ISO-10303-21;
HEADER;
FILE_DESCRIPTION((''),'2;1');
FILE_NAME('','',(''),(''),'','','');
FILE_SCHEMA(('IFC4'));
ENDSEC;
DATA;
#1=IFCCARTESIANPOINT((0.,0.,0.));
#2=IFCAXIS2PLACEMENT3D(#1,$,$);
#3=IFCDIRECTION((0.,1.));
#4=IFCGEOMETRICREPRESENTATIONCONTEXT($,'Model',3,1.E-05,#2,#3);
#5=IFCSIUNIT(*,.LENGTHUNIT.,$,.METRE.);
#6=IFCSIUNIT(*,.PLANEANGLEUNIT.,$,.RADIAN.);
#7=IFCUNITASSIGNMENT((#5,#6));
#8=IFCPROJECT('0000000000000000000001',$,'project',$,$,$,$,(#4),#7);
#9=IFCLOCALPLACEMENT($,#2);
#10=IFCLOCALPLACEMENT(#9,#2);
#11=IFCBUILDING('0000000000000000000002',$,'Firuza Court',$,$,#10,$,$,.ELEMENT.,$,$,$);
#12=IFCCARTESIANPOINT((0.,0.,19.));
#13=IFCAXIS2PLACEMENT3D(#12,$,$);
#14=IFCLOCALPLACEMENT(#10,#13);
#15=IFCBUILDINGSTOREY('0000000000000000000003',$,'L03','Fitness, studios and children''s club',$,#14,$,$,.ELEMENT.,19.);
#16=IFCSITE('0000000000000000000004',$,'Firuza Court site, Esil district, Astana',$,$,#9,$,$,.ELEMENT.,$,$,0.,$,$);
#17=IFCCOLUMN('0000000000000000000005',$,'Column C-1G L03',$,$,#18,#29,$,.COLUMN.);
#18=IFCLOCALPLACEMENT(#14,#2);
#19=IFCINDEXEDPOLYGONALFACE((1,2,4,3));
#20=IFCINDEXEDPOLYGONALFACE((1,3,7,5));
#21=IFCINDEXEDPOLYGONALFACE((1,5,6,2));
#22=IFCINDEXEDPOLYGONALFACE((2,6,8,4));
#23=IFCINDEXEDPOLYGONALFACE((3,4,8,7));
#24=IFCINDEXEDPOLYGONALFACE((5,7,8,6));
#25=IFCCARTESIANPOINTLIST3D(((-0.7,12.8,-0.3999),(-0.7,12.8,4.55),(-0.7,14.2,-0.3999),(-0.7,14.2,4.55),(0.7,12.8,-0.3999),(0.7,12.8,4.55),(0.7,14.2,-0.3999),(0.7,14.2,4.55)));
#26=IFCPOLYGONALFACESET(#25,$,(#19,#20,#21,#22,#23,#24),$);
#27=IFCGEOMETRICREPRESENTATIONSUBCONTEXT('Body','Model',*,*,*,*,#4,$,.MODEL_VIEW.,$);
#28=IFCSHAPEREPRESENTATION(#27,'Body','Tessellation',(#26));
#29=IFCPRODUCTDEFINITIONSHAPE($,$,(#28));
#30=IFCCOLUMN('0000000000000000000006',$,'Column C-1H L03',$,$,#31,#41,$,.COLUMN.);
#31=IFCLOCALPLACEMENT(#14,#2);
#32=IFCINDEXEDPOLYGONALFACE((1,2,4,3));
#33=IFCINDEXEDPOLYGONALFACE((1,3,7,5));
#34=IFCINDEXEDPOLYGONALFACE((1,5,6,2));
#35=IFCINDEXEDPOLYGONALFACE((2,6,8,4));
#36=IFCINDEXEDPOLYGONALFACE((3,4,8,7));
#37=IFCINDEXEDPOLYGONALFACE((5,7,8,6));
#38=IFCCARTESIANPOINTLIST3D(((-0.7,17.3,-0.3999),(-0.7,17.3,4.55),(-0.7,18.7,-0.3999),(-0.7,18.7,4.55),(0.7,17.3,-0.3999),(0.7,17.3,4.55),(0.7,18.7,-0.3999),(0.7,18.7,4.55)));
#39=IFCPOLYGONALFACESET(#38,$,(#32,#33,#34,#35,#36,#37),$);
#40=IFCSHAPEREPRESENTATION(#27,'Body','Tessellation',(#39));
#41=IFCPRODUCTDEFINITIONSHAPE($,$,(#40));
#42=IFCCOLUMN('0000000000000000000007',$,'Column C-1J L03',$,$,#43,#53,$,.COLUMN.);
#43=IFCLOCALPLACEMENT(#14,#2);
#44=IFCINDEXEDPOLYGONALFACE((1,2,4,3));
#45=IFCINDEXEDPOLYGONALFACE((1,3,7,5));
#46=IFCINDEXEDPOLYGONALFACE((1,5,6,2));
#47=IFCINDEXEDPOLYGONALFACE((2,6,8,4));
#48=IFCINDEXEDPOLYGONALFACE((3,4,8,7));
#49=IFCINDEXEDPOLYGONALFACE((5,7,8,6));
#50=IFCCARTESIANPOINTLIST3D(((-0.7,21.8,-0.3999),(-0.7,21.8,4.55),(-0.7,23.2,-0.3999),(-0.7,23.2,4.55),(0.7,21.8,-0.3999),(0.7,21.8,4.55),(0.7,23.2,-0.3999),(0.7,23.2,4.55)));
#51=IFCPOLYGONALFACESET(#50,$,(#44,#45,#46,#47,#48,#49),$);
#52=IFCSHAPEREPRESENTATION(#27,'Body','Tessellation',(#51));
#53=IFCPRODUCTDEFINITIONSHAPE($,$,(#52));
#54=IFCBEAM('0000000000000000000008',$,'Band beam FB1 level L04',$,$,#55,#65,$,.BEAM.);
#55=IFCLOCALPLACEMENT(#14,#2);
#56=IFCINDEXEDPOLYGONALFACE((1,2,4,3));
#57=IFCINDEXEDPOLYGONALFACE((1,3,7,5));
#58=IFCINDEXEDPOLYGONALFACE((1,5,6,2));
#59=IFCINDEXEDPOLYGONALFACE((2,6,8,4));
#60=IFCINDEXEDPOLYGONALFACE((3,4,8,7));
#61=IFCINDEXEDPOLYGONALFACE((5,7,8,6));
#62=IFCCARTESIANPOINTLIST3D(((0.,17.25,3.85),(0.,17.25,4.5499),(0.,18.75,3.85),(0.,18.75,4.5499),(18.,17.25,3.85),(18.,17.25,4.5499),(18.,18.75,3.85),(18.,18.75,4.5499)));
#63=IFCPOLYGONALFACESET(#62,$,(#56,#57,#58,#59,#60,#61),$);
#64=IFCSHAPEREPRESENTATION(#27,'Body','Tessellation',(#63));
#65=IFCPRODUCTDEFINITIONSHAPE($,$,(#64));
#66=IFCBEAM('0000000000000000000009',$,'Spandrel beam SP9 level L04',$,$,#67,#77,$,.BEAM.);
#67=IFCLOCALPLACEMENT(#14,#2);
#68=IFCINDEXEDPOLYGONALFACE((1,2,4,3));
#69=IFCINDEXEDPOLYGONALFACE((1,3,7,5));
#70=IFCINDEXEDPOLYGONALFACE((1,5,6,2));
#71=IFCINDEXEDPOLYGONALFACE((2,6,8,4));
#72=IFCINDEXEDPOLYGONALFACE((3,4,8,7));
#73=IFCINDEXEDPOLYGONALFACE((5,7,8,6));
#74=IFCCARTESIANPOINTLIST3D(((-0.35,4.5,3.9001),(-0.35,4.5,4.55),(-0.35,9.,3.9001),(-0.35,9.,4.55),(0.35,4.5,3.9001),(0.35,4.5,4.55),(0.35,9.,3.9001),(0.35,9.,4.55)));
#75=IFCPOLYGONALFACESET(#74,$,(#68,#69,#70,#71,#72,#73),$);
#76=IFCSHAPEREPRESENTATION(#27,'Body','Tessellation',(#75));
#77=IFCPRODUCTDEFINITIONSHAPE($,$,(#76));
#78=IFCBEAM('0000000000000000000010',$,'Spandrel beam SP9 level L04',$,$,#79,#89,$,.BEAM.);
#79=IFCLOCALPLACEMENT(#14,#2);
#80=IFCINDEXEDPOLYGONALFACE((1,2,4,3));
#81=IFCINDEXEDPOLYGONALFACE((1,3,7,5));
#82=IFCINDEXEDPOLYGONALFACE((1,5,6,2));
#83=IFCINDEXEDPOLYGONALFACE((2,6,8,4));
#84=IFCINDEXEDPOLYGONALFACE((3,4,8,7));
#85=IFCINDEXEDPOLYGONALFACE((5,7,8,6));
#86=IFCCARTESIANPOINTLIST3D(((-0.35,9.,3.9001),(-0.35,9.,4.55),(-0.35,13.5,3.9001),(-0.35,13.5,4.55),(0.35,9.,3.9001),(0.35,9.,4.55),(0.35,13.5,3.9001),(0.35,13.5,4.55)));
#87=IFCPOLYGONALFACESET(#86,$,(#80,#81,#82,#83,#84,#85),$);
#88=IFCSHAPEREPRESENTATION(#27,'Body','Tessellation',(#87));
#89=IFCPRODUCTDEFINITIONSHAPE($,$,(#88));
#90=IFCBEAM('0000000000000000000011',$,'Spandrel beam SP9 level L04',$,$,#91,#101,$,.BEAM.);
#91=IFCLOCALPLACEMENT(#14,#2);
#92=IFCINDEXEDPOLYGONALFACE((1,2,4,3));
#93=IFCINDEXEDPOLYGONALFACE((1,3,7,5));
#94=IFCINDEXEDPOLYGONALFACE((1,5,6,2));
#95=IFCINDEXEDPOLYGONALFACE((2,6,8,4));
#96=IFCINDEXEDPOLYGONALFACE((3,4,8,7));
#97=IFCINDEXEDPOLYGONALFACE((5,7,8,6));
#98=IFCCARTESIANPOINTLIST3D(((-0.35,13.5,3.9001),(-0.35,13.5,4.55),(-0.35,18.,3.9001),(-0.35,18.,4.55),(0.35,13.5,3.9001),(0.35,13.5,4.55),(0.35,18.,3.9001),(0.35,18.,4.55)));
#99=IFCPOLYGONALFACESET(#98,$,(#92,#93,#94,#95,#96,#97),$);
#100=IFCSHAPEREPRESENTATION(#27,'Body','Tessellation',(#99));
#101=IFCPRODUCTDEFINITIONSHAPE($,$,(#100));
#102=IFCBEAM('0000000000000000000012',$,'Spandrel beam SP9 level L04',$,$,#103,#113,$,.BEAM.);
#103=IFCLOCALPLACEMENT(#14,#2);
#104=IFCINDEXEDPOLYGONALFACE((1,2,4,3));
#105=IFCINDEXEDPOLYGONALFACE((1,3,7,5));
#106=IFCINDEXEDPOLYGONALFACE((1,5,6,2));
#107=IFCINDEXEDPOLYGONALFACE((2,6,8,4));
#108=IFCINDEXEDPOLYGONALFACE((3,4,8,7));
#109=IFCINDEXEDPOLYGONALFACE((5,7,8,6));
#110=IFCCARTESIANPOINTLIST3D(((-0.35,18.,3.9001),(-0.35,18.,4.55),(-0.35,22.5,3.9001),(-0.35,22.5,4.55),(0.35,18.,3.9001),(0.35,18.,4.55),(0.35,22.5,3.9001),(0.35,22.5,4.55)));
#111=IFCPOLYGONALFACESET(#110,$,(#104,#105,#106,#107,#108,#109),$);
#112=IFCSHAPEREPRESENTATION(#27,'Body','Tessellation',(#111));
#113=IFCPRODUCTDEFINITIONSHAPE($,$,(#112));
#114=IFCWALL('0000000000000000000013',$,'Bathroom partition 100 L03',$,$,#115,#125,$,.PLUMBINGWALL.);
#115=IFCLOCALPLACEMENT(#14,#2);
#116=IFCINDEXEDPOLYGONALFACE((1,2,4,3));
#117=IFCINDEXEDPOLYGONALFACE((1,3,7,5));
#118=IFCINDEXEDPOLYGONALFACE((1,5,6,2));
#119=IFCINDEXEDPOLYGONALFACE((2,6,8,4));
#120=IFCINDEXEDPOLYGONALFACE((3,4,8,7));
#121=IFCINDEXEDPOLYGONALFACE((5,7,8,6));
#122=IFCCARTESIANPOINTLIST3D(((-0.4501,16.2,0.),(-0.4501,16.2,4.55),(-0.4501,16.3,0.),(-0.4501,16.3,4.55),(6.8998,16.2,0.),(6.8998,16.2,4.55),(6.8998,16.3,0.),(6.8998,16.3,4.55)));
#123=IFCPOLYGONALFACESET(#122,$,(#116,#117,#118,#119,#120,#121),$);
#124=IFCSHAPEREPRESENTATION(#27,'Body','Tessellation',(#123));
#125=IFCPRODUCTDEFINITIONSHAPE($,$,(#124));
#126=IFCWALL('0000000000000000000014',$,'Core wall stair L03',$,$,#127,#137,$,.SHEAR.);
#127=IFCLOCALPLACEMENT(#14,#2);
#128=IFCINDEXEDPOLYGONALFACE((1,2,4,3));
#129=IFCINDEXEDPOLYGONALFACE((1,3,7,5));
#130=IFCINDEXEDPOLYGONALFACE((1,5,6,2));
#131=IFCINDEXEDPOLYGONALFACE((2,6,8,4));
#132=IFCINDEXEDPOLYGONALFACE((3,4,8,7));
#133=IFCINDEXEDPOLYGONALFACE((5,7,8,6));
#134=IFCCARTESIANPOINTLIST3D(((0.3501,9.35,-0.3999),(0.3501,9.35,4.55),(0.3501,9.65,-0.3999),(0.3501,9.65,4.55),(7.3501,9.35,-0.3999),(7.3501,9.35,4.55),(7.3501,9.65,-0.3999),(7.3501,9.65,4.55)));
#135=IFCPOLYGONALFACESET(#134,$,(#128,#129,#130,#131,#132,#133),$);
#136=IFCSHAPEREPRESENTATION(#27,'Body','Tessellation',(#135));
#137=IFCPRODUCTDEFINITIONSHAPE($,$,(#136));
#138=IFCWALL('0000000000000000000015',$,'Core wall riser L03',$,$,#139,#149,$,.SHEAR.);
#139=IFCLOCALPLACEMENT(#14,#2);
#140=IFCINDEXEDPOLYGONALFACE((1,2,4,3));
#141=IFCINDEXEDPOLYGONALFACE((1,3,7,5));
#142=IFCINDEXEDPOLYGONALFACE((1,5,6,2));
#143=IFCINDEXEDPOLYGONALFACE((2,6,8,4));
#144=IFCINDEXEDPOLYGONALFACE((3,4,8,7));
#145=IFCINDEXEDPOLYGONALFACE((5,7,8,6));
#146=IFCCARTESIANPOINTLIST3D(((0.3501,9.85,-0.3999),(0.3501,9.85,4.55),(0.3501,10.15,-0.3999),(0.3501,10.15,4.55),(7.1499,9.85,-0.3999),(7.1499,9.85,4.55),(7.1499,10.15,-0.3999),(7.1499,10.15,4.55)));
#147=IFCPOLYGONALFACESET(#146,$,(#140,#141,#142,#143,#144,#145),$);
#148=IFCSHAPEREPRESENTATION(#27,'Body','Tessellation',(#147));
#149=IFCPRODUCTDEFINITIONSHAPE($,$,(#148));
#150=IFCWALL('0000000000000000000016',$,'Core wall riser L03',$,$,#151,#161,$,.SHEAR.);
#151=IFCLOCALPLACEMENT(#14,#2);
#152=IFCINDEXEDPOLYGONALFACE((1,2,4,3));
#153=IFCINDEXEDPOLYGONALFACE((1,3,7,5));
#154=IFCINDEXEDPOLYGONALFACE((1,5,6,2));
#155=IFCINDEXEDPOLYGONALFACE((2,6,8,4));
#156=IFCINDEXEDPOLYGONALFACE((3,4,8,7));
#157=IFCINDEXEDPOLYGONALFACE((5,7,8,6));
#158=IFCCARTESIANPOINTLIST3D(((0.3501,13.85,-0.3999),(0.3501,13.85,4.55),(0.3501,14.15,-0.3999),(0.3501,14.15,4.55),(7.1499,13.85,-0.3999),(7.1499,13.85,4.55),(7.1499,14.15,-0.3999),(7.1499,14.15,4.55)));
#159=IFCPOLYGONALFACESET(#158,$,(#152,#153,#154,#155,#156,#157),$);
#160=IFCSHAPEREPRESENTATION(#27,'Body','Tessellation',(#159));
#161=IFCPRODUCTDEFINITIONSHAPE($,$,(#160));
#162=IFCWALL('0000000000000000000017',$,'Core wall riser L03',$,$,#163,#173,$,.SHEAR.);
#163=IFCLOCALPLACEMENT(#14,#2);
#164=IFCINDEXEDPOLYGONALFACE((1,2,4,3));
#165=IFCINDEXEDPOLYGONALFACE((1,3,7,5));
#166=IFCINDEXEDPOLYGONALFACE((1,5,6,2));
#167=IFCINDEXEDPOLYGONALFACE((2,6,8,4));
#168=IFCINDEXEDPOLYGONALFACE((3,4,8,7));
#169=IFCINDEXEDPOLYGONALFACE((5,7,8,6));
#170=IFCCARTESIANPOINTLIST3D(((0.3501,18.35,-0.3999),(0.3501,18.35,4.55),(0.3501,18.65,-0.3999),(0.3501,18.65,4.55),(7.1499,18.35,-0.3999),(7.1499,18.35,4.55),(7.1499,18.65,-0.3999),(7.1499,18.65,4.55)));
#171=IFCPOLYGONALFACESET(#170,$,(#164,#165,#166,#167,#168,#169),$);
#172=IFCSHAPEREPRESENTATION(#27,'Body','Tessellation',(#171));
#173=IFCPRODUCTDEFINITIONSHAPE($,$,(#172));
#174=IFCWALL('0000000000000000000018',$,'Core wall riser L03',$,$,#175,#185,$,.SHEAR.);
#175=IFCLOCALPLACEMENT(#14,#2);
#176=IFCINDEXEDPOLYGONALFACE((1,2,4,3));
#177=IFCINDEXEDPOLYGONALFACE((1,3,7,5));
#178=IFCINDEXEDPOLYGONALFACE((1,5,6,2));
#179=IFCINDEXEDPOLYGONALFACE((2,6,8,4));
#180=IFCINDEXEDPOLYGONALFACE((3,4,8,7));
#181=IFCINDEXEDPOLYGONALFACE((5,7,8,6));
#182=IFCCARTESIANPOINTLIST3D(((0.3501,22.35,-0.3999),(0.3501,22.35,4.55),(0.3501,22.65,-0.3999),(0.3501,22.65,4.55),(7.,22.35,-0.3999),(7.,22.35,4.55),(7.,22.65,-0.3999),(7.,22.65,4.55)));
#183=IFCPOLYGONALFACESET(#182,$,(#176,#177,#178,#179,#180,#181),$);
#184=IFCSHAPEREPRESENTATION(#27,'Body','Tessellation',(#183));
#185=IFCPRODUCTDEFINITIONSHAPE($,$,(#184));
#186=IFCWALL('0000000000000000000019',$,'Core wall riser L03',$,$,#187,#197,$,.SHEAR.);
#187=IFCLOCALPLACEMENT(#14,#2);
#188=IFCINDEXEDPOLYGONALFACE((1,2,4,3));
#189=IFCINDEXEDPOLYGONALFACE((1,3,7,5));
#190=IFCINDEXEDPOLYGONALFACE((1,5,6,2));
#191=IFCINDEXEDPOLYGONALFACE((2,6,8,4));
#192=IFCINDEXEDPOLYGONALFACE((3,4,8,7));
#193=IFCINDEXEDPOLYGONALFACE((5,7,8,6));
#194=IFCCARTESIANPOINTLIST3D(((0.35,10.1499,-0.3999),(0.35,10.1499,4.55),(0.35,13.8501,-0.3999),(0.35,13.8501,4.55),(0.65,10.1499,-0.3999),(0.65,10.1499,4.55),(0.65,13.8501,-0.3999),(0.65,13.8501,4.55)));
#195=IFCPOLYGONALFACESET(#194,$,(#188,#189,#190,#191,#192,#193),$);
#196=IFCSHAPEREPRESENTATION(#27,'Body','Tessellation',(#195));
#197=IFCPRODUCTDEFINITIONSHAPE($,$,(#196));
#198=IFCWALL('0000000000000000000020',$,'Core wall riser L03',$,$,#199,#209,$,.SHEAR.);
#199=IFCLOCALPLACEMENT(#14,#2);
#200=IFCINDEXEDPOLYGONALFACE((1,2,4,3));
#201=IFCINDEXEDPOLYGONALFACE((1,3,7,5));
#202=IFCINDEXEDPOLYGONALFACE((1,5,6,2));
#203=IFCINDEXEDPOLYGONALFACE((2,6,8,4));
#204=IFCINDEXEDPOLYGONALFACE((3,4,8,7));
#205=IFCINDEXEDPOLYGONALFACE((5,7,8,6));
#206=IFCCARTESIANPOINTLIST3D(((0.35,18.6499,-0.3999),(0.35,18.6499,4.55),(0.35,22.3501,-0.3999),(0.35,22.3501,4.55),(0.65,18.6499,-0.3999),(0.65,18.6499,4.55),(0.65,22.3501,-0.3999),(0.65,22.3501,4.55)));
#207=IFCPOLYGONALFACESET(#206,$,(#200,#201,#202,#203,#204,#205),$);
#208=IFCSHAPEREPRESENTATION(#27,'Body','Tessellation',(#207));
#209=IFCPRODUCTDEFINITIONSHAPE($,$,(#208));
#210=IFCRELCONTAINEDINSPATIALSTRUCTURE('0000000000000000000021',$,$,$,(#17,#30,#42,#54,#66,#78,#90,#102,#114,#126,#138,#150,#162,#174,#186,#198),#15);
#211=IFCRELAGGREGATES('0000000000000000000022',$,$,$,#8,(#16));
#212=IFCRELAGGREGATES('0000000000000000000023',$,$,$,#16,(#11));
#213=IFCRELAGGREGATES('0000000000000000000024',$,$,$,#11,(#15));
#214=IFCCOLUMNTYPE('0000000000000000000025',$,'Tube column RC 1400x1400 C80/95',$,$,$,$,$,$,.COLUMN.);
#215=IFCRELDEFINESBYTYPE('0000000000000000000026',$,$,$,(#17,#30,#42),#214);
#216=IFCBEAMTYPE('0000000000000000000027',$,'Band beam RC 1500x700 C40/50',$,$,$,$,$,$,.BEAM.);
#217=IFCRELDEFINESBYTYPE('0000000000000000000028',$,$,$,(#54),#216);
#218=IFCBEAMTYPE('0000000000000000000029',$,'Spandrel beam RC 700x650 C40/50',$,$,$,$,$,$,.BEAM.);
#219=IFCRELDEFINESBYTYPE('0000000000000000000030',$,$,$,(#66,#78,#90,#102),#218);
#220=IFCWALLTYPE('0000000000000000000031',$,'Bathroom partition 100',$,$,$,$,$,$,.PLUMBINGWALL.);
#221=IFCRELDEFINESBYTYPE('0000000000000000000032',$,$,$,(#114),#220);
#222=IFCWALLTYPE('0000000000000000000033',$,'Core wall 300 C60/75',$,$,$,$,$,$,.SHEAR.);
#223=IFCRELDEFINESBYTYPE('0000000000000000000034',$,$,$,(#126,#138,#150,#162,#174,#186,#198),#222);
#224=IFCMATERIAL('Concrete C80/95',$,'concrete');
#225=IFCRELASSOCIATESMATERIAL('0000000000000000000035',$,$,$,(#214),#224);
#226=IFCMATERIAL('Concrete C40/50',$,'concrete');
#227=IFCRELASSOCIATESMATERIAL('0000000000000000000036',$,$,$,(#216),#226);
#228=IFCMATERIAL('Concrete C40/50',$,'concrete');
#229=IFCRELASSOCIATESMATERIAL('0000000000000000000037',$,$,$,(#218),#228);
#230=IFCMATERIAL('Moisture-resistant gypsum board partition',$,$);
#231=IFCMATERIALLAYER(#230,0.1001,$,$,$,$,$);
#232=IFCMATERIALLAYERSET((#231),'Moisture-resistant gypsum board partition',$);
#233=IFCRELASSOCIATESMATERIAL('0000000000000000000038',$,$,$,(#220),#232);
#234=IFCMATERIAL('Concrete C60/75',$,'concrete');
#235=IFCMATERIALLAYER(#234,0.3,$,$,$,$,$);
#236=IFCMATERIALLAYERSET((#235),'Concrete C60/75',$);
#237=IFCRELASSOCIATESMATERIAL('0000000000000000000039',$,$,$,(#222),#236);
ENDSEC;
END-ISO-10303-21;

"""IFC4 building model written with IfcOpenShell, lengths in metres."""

from ifc_helpers import new_model, si_unit, direction, frame, frame_2d, origin, origin_2d, place, context, subcontext, project, spatial, rectangle, extrude, material, layer, layer_set, material_profile, profile_set, type_object, element, save


model = new_model("IFC4")

# Units and contexts
model_context = context("Model", 3, precision=1e-05, world=origin(), true_north=direction((0.0, 1.0)))
body_context = subcontext(model_context, "Body", "Model", "MODEL_VIEW")
ifc_project = project(units=[si_unit("LENGTHUNIT", "METRE"), si_unit("PLANEANGLEUNIT", "RADIAN")], contexts=[model_context])

# Site, building, storey
site_placement = place(None, origin())
site = spatial("IfcSite", under=ifc_project, at=site_placement, Name="Firuza Court site, Esil district, Astana", CompositionType="ELEMENT", RefElevation=0.0)
building_placement = place(site_placement, origin())
building = spatial("IfcBuilding", under=site, at=building_placement, Name="Firuza Court", CompositionType="ELEMENT")
storey_placement = place(building_placement, frame((0.0, 0.0, 19.0)))
storey = spatial("IfcBuildingStorey", under=building, at=storey_placement, Name="L03", Description="Fitness, studios and children's club", CompositionType="ELEMENT", Elevation=19.0)

# Columns
ifc_material_1 = material(Name="Concrete C80/95", Category="concrete")
ifc_material_profile_1 = material_profile(ifc_material_1, rectangle(XDim=1.3999, YDim=1.3999, at=origin_2d()), Name="RC 1400x1400")
ifc_profile_set_1 = profile_set([ifc_material_profile_1], Name="Concrete C80/95")
column_type = type_object("IfcColumnType", Name="Tube column RC 1400x1400 C80/95", PredefinedType="COLUMN", material=ifc_profile_set_1)
for number, where, z_axis, x_axis, name in (
    (1, (0.0, 13.5, -0.3999), (0.0, 0.0, 1.0), (1.0, 0.0, 0.0), "Column C-1G L03"),
    (2, (0.0, 18.0, -0.3999), (0.0, 0.0, 1.0), (1.0, 0.0, 0.0), "Column C-1H L03"),
    (3, (0.0, 22.5, -0.3999), (0.0, 0.0, 1.0), (1.0, 0.0, 0.0), "Column C-1J L03"),
):
    element("IfcColumn", number, at=place(storey_placement, frame(where, z_axis=z_axis, x_axis=x_axis)), inside=storey, type_object=column_type, Name=name, PredefinedType="COLUMN", context=body_context, shape_type="SweptSolid", body=[
        extrude(rectangle(XDim=1.3999, YDim=1.3999, at=origin_2d()), origin(), (0.0, 0.0, 1.0), 4.95),
    ])

# Beams
ifc_material_2 = material(Name="Concrete C40/50", Category="concrete")
ifc_material_profile_2 = material_profile(ifc_material_2, rectangle(XDim=1.5, YDim=0.7, at=origin_2d()), Name="RC 1500x700")
ifc_profile_set_2 = profile_set([ifc_material_profile_2], Name="Concrete C40/50")
beam_type_1 = type_object("IfcBeamType", Name="Band beam RC 1500x700 C40/50", PredefinedType="BEAM", material=ifc_profile_set_2)
beam_placement = place(storey_placement, frame((0.0, 18.0, 4.2), z_axis=(1.0, 0.0, 0.0), x_axis=(0.0, 1.0, 0.0)))
element("IfcBeam", 4, at=beam_placement, inside=storey, type_object=beam_type_1, Name="Band beam FB1 level L04", PredefinedType="BEAM", context=body_context, shape_type="SweptSolid", body=[
    extrude(rectangle(XDim=1.5, YDim=0.7, at=origin_2d()), origin(), (0.0, 0.0, 1.0), 18.0),
])
ifc_material_3 = material(Name="Concrete C40/50", Category="concrete")
ifc_material_profile_3 = material_profile(ifc_material_3, rectangle(XDim=0.7, YDim=0.6499, at=origin_2d()), Name="RC 700x650")
ifc_profile_set_3 = profile_set([ifc_material_profile_3], Name="Concrete C40/50")
beam_type_2 = type_object("IfcBeamType", Name="Spandrel beam RC 700x650 C40/50", PredefinedType="BEAM", material=ifc_profile_set_3)
for number, where, z_axis, x_axis, name in (
    (5, (0.0, 9.0, 4.2251), (0.0, -1.0, 0.0), (1.0, 0.0, 0.0), "Spandrel beam SP9 level L04"),
    (6, (0.0, 13.5, 4.2251), (0.0, -1.0, 0.0), (1.0, 0.0, 0.0), "Spandrel beam SP9 level L04"),
    (7, (0.0, 18.0, 4.2251), (0.0, -1.0, 0.0), (1.0, 0.0, 0.0), "Spandrel beam SP9 level L04"),
    (8, (0.0, 22.5, 4.2251), (0.0, -1.0, 0.0), (1.0, 0.0, 0.0), "Spandrel beam SP9 level L04"),
):
    element("IfcBeam", number, at=place(storey_placement, frame(where, z_axis=z_axis, x_axis=x_axis)), inside=storey, type_object=beam_type_2, Name=name, PredefinedType="BEAM", context=body_context, shape_type="SweptSolid", body=[
        extrude(rectangle(XDim=0.7, YDim=0.6499, at=origin_2d()), origin(), (0.0, 0.0, 1.0), 4.5),
    ])

# Walls
ifc_material_4 = material(Name="Moisture-resistant gypsum board partition")
ifc_layer_1 = layer(ifc_material_4, 0.1001)
ifc_layer_set_1 = layer_set([ifc_layer_1], Name="Moisture-resistant gypsum board partition")
wall_type_1 = type_object("IfcWallType", Name="Bathroom partition 100", PredefinedType="PLUMBINGWALL", material=ifc_layer_set_1)
wall_1_placement = place(storey_placement, frame((-0.45, 16.25, 0.0), z_axis=(0.0, 0.0, 1.0), x_axis=(1.0, 0.0, 0.0)))
element("IfcWall", 9, at=wall_1_placement, inside=storey, type_object=wall_type_1, Name="Bathroom partition 100 L03", PredefinedType="PLUMBINGWALL", context=body_context, shape_type="SweptSolid", body=[
    extrude(rectangle(XDim=7.3499, YDim=0.1001, at=frame_2d((3.6748, 0.0))), origin(), (0.0, 0.0, 1.0), 4.55),
])
ifc_material_5 = material(Name="Concrete C60/75", Category="concrete")
ifc_layer_2 = layer(ifc_material_5, 0.3)
ifc_layer_set_2 = layer_set([ifc_layer_2], Name="Concrete C60/75")
wall_type_2 = type_object("IfcWallType", Name="Core wall 300 C60/75", PredefinedType="SHEAR", material=ifc_layer_set_2)
wall_2_placement = place(storey_placement, frame((0.3501, 9.5, -0.3999), z_axis=(0.0, 0.0, 1.0), x_axis=(1.0, 0.0, 0.0)))
element("IfcWall", 10, at=wall_2_placement, inside=storey, type_object=wall_type_2, Name="Core wall stair L03", PredefinedType="SHEAR", context=body_context, shape_type="SweptSolid", body=[
    extrude(rectangle(XDim=7.0, YDim=0.3, at=frame_2d((3.5, 0.0))), origin(), (0.0, 0.0, 1.0), 4.95),
])
for number, where, z_axis, x_axis, name in (
    (11, (0.3501, 10.0, -0.3999), (0.0, 0.0, 1.0), (1.0, 0.0, 0.0), "Core wall riser L03"),
    (12, (0.3501, 14.0, -0.3999), (0.0, 0.0, 1.0), (1.0, 0.0, 0.0), "Core wall riser L03"),
    (13, (0.3501, 18.5, -0.3999), (0.0, 0.0, 1.0), (1.0, 0.0, 0.0), "Core wall riser L03"),
):
    element("IfcWall", number, at=place(storey_placement, frame(where, z_axis=z_axis, x_axis=x_axis)), inside=storey, type_object=wall_type_2, Name=name, PredefinedType="SHEAR", context=body_context, shape_type="SweptSolid", body=[
        extrude(rectangle(XDim=6.7998, YDim=0.3, at=frame_2d((3.3999, 0.0))), origin(), (0.0, 0.0, 1.0), 4.95),
    ])
wall_3_placement = place(storey_placement, frame((0.3501, 22.5, -0.3999), z_axis=(0.0, 0.0, 1.0), x_axis=(1.0, 0.0, 0.0)))
element("IfcWall", 14, at=wall_3_placement, inside=storey, type_object=wall_type_2, Name="Core wall riser L03", PredefinedType="SHEAR", context=body_context, shape_type="SweptSolid", body=[
    extrude(rectangle(XDim=6.6499, YDim=0.3, at=frame_2d((3.325, 0.0))), origin(), (0.0, 0.0, 1.0), 4.95),
])
for number, where, z_axis, x_axis, name in (
    (15, (0.5, 10.1499, -0.3999), (0.0, 0.0, 1.0), (0.0, 1.0, 0.0), "Core wall riser L03"),
    (16, (0.5, 18.6499, -0.3999), (0.0, 0.0, 1.0), (0.0, 1.0, 0.0), "Core wall riser L03"),
):
    element("IfcWall", number, at=place(storey_placement, frame(where, z_axis=z_axis, x_axis=x_axis)), inside=storey, type_object=wall_type_2, Name=name, PredefinedType="SHEAR", context=body_context, shape_type="SweptSolid", body=[
        extrude(rectangle(XDim=3.7002, YDim=0.3, at=frame_2d((1.8501, 0.0))), origin(), (0.0, 0.0, 1.0), 4.95),
    ])

save(model, "model.ifc")
